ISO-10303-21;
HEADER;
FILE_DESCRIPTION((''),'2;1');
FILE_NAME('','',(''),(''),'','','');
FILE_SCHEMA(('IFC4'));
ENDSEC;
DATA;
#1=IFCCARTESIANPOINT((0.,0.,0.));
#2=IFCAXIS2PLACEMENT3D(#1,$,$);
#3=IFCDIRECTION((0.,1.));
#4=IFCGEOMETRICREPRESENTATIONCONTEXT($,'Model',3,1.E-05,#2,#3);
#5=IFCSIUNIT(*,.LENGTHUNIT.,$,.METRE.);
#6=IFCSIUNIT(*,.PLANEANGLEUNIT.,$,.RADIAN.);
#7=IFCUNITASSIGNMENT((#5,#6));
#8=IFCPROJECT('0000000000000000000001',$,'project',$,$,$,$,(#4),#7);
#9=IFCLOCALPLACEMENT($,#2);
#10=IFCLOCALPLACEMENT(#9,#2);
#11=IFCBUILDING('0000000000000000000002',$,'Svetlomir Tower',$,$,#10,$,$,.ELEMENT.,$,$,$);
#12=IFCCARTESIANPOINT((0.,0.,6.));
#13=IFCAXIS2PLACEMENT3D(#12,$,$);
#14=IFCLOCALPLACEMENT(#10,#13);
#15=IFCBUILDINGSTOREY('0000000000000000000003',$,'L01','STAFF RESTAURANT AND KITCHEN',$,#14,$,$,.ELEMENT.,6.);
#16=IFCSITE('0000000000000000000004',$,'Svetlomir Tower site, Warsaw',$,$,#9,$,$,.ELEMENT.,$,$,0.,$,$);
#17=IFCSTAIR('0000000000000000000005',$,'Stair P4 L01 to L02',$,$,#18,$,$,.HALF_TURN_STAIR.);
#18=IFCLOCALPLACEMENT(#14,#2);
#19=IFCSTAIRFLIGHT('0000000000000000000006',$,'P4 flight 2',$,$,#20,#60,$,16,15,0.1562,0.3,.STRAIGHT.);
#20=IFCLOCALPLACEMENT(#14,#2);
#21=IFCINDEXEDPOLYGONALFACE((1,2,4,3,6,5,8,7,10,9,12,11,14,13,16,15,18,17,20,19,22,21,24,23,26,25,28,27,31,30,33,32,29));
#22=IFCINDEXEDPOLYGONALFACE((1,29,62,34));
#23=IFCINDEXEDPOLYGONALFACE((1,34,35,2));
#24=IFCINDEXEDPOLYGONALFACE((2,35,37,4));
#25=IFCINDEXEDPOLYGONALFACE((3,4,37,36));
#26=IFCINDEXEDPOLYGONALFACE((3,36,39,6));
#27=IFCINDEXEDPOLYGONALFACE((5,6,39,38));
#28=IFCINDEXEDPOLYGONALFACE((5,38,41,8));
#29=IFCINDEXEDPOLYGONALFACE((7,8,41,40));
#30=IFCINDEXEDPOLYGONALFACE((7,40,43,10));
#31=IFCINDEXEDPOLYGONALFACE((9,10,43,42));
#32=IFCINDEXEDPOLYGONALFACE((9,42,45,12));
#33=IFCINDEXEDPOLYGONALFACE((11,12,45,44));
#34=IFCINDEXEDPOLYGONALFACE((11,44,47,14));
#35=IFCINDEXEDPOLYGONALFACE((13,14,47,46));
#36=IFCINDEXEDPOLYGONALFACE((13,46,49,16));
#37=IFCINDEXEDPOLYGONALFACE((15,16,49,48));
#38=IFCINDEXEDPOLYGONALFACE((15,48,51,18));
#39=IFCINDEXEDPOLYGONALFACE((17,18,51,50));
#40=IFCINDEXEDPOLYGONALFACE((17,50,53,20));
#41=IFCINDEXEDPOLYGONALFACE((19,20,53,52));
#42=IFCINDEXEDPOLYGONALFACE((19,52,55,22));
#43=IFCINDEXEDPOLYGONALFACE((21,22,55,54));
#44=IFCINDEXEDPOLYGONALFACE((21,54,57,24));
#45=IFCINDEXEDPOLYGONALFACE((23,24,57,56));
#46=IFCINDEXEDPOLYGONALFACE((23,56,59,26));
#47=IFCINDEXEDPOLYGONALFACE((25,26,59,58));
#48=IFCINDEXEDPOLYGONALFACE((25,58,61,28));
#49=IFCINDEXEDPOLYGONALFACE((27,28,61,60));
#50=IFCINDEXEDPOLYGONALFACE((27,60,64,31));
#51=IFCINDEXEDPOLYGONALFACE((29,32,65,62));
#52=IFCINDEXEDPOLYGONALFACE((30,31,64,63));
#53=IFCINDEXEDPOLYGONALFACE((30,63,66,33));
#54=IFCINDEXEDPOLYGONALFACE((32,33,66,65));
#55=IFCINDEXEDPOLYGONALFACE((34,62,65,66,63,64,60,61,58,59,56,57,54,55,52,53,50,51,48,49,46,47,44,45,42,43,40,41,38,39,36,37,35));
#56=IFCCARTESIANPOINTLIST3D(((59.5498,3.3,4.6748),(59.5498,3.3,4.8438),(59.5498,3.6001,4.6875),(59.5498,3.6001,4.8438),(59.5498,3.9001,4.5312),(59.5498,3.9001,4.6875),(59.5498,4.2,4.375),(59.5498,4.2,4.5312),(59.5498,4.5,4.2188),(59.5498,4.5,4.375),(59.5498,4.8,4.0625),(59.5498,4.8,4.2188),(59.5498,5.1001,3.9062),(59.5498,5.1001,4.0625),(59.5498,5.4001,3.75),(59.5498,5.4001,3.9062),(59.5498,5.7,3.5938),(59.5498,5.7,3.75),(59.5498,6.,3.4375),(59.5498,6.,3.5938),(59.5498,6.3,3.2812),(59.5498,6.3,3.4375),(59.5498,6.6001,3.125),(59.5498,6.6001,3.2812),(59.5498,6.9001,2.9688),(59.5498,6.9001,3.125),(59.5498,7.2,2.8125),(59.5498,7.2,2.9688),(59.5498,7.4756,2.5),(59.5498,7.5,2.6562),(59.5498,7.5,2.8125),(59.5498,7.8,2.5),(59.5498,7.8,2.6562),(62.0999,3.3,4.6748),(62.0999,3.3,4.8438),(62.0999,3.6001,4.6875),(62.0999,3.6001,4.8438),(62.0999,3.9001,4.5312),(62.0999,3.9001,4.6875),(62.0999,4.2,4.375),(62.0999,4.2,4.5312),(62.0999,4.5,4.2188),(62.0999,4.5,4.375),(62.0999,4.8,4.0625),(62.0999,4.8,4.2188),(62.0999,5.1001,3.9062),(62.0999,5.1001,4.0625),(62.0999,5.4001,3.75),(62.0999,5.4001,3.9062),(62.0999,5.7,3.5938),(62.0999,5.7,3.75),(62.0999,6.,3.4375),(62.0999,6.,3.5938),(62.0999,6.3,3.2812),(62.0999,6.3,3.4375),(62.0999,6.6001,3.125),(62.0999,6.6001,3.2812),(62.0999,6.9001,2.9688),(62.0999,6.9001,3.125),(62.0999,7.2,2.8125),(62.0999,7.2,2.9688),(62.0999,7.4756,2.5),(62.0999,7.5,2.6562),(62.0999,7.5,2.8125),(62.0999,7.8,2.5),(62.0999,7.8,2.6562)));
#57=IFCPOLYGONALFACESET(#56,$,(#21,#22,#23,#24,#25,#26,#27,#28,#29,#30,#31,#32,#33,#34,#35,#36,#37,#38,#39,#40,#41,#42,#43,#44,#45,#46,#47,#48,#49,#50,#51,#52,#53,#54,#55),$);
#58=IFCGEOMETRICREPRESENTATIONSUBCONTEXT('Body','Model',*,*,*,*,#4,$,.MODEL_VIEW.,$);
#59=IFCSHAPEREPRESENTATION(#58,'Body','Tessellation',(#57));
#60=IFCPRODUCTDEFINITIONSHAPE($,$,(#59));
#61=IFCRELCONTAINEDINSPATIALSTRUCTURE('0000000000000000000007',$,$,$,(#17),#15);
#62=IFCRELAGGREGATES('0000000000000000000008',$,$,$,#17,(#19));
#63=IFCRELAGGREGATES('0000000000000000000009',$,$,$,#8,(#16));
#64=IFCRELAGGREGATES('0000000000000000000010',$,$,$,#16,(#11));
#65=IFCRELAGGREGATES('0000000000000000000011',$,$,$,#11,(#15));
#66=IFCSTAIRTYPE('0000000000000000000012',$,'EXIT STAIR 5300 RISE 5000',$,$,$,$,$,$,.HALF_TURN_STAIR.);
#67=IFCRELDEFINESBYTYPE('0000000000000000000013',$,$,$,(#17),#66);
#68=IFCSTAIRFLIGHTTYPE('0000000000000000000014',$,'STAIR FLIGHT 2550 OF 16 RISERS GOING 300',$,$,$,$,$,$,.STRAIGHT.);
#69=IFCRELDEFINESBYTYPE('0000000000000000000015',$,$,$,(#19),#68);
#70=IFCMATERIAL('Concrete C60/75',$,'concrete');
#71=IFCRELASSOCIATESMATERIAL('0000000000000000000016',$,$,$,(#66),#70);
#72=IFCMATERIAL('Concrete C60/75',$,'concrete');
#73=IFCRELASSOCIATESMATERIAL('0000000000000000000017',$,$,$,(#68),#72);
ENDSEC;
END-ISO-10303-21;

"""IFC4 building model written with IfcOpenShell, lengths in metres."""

from ifc_helpers import new_model, si_unit, direction, frame, origin, place, context, subcontext, project, spatial, polyline, outline, extrude, material, type_object, element, aggregate, save


model = new_model("IFC4")

# Units and contexts
model_context = context("Model", 3, precision=1e-05, world=origin(), true_north=direction((0.0, 1.0)))
body_context = subcontext(model_context, "Body", "Model", "MODEL_VIEW")
ifc_project = project(units=[si_unit("LENGTHUNIT", "METRE"), si_unit("PLANEANGLEUNIT", "RADIAN")], contexts=[model_context])

# Site, building, storey
site_placement = place(None, origin())
site = spatial("IfcSite", under=ifc_project, at=site_placement, Name="Svetlomir Tower site, Warsaw", CompositionType="ELEMENT", RefElevation=0.0)
building_placement = place(site_placement, origin())
building = spatial("IfcBuilding", under=site, at=building_placement, Name="Svetlomir Tower", CompositionType="ELEMENT")
storey_placement = place(building_placement, frame((0.0, 0.0, 6.0)))
storey = spatial("IfcBuildingStorey", under=building, at=storey_placement, Name="L01", Description="STAFF RESTAURANT AND KITCHEN", CompositionType="ELEMENT", Elevation=6.0)

# Stair, stair flight
ifc_material_1 = material(Name="Concrete C60/75", Category="concrete")
stair_type = type_object("IfcStairType", Name="EXIT STAIR 5300 RISE 5000", PredefinedType="HALF_TURN_STAIR", material=ifc_material_1)
stair_placement = place(storey_placement, origin())
stair = element("IfcStair", 1, at=stair_placement, inside=storey, type_object=stair_type, Name="Stair P4 L01 to L02", PredefinedType="HALF_TURN_STAIR")
ifc_material_2 = material(Name="Concrete C60/75", Category="concrete")
stair_flight_type = type_object("IfcStairFlightType", Name="STAIR FLIGHT 2550 OF 16 RISERS GOING 300", PredefinedType="STRAIGHT", material=ifc_material_2)
stair_flight_placement = place(storey_placement, frame((60.825, 7.8, 2.5), z_axis=(0.0, 0.0, 1.0), x_axis=(0.0, -1.0, 0.0)))
stair_flight = element("IfcStairFlight", 2, at=stair_flight_placement, type_object=stair_flight_type, Name="P4 flight 2", NumberOfRisers=16, NumberOfTreads=15, PredefinedType="STRAIGHT", RiserHeight=0.1562, TreadLength=0.3, context=body_context, shape_type="SweptSolid", body=[
    extrude(outline(polyline([(0.0, 0.0), (0.0, 0.1562), (0.3, 0.1562), (0.3, 0.3125), (0.6001, 0.3125), (0.6001, 0.4688), (0.8999, 0.4688), (0.8999, 0.625), (1.2, 0.625), (1.2, 0.7812), (1.5, 0.7812), (1.5, 0.9375), (1.8, 0.9375), (1.8, 1.0938), (2.1001, 1.0938), (2.1001, 1.25), (2.3999, 1.25), (2.3999, 1.4062), (2.7, 1.4062), (2.7, 1.5625), (3.0, 1.5625), (3.0, 1.7188), (3.3, 1.7188), (3.3, 1.875), (3.6001, 1.875), (3.6001, 2.0312), (3.8999, 2.0312), (3.8999, 2.1875), (4.2, 2.1875), (4.2, 2.3438), (4.5, 2.3438), (4.5, 2.5), (4.5, 2.1748), (0.3245, 0.0), (0.0, 0.0)])), frame((0.0, 1.2749, 0.0), z_axis=(0.0, -1.0, 0.0), x_axis=(1.0, 0.0, 0.0)), (0.0, 0.0, 1.0), 2.55),
])
aggregate(stair, [stair_flight])

save(model, "model.ifc")
